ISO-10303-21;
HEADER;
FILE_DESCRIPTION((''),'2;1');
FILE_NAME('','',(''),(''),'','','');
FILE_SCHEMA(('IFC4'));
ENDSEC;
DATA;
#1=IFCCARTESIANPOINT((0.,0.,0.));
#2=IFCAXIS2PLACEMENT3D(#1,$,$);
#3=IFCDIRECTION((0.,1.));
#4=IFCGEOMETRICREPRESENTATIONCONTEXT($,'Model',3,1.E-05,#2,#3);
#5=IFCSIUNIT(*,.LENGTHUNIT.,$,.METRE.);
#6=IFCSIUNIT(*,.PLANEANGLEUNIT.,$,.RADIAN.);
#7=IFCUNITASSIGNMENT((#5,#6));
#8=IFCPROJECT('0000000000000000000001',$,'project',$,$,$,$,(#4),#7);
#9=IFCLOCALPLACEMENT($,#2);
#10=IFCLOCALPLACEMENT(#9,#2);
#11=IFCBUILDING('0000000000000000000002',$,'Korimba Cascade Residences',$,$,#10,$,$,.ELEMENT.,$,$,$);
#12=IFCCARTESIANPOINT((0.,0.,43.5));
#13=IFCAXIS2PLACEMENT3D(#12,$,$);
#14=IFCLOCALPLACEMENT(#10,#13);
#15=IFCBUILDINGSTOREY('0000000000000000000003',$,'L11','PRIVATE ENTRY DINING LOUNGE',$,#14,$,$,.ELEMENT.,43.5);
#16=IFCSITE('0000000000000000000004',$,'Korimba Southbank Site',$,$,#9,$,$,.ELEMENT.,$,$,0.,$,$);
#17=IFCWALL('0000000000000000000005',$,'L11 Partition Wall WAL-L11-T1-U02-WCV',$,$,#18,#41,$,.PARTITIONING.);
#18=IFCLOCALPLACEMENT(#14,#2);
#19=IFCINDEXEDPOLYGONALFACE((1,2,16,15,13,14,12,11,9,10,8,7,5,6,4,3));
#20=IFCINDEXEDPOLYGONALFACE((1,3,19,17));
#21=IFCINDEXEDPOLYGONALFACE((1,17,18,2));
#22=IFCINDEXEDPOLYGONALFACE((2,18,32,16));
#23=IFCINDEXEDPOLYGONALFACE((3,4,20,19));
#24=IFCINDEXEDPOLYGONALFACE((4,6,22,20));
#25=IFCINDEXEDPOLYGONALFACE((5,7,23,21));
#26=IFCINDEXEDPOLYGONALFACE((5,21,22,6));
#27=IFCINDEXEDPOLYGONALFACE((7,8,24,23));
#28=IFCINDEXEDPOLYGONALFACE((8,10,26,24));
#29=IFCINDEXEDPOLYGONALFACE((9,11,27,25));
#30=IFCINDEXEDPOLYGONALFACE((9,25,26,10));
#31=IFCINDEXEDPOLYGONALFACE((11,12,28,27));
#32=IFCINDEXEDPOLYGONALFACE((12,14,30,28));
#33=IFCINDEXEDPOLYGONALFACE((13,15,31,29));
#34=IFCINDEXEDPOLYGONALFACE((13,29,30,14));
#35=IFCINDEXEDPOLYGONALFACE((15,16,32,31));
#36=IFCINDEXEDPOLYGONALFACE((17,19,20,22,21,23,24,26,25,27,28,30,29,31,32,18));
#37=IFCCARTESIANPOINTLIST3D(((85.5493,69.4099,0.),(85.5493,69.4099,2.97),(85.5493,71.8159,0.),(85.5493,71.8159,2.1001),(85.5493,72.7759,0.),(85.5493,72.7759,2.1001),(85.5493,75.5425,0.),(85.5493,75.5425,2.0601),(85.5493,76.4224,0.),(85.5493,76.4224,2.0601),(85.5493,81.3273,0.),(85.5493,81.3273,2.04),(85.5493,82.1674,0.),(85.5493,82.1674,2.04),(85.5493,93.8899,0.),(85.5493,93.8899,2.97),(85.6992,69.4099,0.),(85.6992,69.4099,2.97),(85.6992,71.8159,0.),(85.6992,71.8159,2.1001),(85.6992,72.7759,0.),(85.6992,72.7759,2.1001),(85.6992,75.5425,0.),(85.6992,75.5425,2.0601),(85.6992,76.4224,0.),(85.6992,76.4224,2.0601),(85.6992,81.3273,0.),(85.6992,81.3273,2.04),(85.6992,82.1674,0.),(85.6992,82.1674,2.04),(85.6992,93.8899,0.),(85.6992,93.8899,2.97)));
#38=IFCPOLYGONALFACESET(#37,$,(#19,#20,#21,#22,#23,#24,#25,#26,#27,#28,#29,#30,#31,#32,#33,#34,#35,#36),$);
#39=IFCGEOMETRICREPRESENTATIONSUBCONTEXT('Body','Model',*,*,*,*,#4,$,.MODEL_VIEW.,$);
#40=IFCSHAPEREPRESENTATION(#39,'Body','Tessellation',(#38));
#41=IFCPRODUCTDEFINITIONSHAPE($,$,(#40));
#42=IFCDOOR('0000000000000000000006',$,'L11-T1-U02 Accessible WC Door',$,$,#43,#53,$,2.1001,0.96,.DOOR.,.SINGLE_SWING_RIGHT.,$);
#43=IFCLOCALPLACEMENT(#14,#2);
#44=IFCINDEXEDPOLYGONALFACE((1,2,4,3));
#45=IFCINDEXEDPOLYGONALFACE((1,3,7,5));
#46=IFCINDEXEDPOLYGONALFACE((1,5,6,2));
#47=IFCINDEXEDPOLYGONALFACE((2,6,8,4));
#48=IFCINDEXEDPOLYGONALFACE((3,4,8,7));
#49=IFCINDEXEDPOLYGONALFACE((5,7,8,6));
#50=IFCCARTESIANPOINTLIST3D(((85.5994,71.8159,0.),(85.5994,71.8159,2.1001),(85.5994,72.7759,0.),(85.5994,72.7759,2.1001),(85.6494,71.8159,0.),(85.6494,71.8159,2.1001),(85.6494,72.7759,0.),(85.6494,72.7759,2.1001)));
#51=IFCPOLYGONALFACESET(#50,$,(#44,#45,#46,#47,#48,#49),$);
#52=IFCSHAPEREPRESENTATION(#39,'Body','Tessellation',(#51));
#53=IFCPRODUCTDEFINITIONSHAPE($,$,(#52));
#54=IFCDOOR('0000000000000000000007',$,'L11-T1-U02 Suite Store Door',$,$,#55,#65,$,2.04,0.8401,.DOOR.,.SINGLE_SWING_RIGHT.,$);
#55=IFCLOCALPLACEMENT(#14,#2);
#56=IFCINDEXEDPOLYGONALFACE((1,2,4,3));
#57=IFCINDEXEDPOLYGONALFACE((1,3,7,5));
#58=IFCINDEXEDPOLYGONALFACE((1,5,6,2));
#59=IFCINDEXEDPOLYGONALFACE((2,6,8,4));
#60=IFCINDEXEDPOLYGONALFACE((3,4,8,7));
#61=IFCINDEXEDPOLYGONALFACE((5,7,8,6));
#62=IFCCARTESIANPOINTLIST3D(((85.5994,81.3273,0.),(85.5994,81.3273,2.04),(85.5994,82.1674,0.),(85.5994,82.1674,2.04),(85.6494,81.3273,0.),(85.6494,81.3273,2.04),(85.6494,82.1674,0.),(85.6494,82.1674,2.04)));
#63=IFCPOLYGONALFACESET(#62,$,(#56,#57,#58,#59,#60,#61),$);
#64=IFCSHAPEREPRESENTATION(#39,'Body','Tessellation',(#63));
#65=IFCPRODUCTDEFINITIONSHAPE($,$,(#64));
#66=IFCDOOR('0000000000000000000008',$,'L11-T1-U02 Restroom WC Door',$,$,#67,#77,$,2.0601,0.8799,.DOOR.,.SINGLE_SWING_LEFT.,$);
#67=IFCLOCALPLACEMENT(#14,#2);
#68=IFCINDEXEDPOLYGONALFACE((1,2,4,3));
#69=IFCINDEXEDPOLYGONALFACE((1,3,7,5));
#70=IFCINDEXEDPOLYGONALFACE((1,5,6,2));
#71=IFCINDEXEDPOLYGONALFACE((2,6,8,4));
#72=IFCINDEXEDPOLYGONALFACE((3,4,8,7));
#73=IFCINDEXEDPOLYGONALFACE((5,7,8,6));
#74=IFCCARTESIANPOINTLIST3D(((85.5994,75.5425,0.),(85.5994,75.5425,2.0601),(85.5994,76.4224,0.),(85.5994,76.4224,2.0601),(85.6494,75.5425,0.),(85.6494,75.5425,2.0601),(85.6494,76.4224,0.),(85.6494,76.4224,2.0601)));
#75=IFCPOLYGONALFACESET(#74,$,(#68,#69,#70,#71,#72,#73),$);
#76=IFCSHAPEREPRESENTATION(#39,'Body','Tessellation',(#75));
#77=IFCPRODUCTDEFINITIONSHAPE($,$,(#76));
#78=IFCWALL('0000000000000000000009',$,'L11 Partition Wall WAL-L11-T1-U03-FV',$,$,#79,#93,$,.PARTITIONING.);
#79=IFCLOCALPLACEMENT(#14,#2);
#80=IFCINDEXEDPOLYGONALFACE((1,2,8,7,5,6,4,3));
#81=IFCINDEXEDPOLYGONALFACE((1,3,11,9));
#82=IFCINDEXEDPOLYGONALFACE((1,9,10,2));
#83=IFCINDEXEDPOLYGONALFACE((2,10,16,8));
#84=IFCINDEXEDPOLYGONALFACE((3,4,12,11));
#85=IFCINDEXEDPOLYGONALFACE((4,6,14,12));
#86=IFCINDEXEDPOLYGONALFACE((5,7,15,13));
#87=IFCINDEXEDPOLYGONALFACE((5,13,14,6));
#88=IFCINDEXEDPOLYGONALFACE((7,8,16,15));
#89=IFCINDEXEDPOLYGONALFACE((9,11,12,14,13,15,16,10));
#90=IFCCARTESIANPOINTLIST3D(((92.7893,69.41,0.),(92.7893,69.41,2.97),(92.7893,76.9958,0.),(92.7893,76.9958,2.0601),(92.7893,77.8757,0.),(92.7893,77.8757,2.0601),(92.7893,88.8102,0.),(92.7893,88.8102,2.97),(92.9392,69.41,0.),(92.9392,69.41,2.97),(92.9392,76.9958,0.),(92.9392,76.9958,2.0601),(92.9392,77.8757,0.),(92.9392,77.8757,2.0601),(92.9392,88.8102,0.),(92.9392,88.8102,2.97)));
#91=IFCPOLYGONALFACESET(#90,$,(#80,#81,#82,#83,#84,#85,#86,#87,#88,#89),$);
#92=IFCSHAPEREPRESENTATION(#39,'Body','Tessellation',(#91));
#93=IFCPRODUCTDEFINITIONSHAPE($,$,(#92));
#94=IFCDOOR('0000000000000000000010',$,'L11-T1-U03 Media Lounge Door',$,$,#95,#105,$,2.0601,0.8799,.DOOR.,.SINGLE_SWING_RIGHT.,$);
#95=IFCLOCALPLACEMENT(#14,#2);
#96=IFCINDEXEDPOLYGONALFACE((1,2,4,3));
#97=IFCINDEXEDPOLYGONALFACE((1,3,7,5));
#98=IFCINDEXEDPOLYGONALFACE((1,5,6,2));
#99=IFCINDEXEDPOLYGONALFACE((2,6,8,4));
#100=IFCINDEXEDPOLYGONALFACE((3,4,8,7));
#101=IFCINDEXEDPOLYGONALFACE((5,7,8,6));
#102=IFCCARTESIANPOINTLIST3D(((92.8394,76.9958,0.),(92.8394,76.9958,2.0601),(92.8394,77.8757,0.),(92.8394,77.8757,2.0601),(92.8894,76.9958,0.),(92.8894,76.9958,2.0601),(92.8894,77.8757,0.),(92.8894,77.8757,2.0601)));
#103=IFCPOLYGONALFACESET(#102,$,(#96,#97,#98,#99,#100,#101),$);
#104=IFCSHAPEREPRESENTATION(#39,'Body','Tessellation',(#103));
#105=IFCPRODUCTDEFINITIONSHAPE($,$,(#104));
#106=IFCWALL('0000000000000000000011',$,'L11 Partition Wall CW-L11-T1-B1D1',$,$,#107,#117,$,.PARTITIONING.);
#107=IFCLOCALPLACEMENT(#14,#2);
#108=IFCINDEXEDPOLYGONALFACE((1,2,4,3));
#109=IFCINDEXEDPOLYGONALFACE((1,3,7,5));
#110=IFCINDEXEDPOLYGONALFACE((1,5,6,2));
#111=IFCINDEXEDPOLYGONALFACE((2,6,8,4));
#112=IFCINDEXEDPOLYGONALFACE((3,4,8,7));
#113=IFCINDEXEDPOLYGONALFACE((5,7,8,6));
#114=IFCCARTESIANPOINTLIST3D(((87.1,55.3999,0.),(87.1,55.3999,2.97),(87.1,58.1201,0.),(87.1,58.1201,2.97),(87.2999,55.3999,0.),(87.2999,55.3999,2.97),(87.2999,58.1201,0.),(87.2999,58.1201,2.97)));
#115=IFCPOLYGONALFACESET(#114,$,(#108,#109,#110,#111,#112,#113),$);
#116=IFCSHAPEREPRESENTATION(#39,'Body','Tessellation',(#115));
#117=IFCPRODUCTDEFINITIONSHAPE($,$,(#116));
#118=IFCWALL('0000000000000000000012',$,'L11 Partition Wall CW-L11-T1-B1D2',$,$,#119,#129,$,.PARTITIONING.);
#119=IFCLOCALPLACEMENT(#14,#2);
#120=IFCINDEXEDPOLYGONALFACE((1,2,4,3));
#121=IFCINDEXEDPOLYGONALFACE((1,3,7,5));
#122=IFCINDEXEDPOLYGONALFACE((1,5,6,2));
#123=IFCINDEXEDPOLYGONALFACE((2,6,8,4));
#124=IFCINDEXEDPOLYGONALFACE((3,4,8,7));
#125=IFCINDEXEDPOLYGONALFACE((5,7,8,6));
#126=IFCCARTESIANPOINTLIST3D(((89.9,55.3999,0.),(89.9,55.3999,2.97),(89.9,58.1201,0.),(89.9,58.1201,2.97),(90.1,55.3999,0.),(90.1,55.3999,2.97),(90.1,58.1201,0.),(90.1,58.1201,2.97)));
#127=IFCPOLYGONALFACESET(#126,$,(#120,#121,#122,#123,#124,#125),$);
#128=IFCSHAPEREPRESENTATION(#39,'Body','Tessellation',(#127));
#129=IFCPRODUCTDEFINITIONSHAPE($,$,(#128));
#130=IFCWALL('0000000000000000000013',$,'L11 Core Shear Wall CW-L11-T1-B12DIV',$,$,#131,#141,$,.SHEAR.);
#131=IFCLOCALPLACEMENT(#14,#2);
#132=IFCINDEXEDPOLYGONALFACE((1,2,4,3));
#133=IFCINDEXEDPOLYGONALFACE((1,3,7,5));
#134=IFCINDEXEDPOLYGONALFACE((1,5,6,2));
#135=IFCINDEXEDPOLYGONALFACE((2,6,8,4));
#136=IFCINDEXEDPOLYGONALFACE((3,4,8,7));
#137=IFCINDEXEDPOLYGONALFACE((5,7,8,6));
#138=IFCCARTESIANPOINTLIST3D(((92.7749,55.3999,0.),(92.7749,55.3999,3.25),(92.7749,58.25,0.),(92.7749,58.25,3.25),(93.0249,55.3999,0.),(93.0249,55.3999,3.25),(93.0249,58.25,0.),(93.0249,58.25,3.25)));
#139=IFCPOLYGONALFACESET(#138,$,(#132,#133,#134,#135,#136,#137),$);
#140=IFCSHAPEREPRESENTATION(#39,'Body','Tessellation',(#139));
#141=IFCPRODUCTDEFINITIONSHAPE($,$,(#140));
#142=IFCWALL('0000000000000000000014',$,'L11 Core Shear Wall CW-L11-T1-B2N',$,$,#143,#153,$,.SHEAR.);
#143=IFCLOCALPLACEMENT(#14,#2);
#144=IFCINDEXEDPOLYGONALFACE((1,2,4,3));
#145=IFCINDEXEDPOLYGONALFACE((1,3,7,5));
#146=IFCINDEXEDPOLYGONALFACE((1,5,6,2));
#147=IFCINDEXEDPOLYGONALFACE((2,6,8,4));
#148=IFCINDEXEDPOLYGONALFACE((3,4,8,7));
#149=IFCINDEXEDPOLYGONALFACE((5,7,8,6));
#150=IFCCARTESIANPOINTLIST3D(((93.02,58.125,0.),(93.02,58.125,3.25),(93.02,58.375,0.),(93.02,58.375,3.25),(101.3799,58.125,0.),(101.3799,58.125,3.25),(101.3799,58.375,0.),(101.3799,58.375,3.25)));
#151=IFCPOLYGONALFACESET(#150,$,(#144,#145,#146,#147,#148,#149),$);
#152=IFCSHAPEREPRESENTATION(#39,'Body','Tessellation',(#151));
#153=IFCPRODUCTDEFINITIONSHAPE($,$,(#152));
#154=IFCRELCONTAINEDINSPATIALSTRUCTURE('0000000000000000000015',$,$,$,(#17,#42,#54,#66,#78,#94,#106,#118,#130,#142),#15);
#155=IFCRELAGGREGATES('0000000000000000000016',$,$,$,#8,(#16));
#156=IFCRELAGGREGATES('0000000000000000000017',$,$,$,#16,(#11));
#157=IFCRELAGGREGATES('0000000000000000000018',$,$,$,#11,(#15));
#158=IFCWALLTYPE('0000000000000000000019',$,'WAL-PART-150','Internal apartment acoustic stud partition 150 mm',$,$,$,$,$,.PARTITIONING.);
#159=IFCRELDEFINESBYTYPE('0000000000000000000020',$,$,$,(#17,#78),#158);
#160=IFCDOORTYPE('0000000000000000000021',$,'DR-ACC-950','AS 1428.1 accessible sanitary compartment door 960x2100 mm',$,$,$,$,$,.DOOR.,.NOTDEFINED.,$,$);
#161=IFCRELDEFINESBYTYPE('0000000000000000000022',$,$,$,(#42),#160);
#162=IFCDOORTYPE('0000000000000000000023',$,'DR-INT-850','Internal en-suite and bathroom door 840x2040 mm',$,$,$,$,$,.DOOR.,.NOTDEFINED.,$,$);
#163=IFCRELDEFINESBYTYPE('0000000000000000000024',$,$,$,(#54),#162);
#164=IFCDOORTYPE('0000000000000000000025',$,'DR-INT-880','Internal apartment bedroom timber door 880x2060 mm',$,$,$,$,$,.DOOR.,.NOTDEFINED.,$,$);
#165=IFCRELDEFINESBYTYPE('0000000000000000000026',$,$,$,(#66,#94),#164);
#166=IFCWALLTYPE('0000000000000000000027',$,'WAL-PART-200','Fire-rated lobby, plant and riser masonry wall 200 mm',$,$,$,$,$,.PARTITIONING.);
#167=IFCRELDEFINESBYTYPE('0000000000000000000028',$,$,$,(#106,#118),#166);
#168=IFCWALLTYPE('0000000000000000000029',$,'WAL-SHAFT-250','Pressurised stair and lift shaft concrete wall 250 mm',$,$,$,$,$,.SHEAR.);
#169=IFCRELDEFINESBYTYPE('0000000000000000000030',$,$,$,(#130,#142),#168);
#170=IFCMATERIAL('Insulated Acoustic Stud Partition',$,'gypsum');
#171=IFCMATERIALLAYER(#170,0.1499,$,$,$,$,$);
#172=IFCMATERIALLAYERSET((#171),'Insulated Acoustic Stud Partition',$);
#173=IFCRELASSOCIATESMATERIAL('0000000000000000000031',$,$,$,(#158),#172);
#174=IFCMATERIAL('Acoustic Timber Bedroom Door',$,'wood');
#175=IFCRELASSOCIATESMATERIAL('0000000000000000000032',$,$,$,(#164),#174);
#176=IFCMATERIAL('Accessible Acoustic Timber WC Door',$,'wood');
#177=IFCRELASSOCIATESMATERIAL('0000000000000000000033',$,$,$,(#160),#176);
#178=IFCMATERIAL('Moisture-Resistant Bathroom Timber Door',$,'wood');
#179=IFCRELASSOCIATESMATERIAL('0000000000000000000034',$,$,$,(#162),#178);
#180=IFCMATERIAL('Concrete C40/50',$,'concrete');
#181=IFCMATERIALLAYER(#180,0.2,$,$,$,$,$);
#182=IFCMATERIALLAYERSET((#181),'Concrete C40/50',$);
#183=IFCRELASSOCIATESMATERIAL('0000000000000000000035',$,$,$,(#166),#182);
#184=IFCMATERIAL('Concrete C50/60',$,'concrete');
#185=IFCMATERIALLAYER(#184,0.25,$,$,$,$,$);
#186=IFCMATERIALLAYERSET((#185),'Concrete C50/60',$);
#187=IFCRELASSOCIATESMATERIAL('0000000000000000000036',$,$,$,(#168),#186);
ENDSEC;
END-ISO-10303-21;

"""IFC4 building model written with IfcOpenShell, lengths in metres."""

from ifc_helpers import new_model, si_unit, direction, frame, frame_2d, origin, place, context, subcontext, project, spatial, rectangle, extrude, material, layer, layer_set, type_object, element, fill, save


model = new_model("IFC4")

# Units and contexts
model_context = context("Model", 3, precision=1e-05, world=origin(), true_north=direction((0.0, 1.0)))
body_context = subcontext(model_context, "Body", "Model", "MODEL_VIEW")
ifc_project = project(units=[si_unit("LENGTHUNIT", "METRE"), si_unit("PLANEANGLEUNIT", "RADIAN")], contexts=[model_context])

# Site, building, storey
site_placement = place(None, origin())
site = spatial("IfcSite", under=ifc_project, at=site_placement, Name="Korimba Southbank Site", CompositionType="ELEMENT", RefElevation=0.0)
building_placement = place(site_placement, origin())
building = spatial("IfcBuilding", under=site, at=building_placement, Name="Korimba Cascade Residences", CompositionType="ELEMENT")
storey_placement = place(building_placement, frame((0.0, 0.0, 43.5)))
storey = spatial("IfcBuildingStorey", under=building, at=storey_placement, Name="L11", Description="PRIVATE ENTRY DINING LOUNGE", CompositionType="ELEMENT", Elevation=43.5)

# Shared definitions
ifc_material_1 = material(Name="Concrete C50/60", Category="concrete")

# Shared definitions
ifc_material_2 = material(Name="Insulated Acoustic Stud Partition", Category="gypsum")
ifc_layer_1 = layer(ifc_material_2, 0.1499)
ifc_layer_set_1 = layer_set([ifc_layer_1], Name="Insulated Acoustic Stud Partition")
wall_type_1 = type_object("IfcWallType", Name="WAL-PART-150", Description="Internal apartment acoustic stud partition 150 mm", PredefinedType="PARTITIONING", material=ifc_layer_set_1)

# Shared definitions
ifc_material_3 = material(Name="Acoustic Timber Bedroom Door", Category="wood")
door_type_1 = type_object("IfcDoorType", Name="DR-INT-880", Description="Internal apartment bedroom timber door 880x2060 mm", OperationType="NOTDEFINED", PredefinedType="DOOR", material=ifc_material_3)

# Wall, openings, doors
wall_1_placement = place(storey_placement, frame((85.6243, 69.4099, 0.0), z_axis=(0.0, 0.0, 1.0), x_axis=(0.0, 1.0, 0.0)))
wall_1 = element("IfcWall", 1, at=wall_1_placement, inside=storey, type_object=wall_type_1, Name="L11 Partition Wall WAL-L11-T1-U02-WCV", PredefinedType="PARTITIONING", context=body_context, shape_type="SweptSolid", body=[
    extrude(rectangle(XDim=24.48, YDim=0.1499, at=frame_2d((12.24, 0.0))), origin(), (0.0, 0.0, 1.0), 2.97),
])
opening_1_placement = place(wall_1_placement, frame((2.406, 0.0, 0.0)))
opening_1 = element("IfcOpeningElement", 2, at=opening_1_placement, cuts=wall_1, PredefinedType="OPENING", context=body_context, shape_type="SweptSolid", body=[
    extrude(rectangle(XDim=0.96, YDim=2.1001, at=frame_2d((0.48, 1.05))), frame((0.0, 0.085, 0.0), z_axis=(0.0, -1.0, 0.0), x_axis=(1.0, 0.0, 0.0)), (0.0, 0.0, 1.0), 0.1699),
])
opening_2_placement = place(wall_1_placement, frame((6.1326, 0.0, 0.0)))
opening_2 = element("IfcOpeningElement", 3, at=opening_2_placement, cuts=wall_1, PredefinedType="OPENING", context=body_context, shape_type="SweptSolid", body=[
    extrude(rectangle(XDim=0.8799, YDim=2.0601, at=frame_2d((0.4399, 1.03))), frame((0.0, 0.085, 0.0), z_axis=(0.0, -1.0, 0.0), x_axis=(1.0, 0.0, 0.0)), (0.0, 0.0, 1.0), 0.1699),
])
opening_3_placement = place(wall_1_placement, frame((11.9175, 0.0, 0.0)))
opening_3 = element("IfcOpeningElement", 4, at=opening_3_placement, cuts=wall_1, PredefinedType="OPENING", context=body_context, shape_type="SweptSolid", body=[
    extrude(rectangle(XDim=0.8401, YDim=2.04, at=frame_2d((0.4199, 1.02))), frame((0.0, 0.085, 0.0), z_axis=(0.0, -1.0, 0.0), x_axis=(1.0, 0.0, 0.0)), (0.0, 0.0, 1.0), 0.1699),
])
ifc_material_4 = material(Name="Accessible Acoustic Timber WC Door", Category="wood")
door_type_2 = type_object("IfcDoorType", Name="DR-ACC-950", Description="AS 1428.1 accessible sanitary compartment door 960x2100 mm", OperationType="NOTDEFINED", PredefinedType="DOOR", material=ifc_material_4)
door_1_placement = place(opening_1_placement, origin())
door_1 = element("IfcDoor", 5, at=door_1_placement, inside=storey, type_object=door_type_2, Name="L11-T1-U02 Accessible WC Door", OperationType="SINGLE_SWING_RIGHT", OverallHeight=2.1001, OverallWidth=0.96, PredefinedType="DOOR", context=body_context, shape_type="SweptSolid", body=[
    extrude(rectangle(XDim=0.96, YDim=2.1001, at=frame_2d((0.48, 1.05))), frame((0.0, 0.0249, 0.0), z_axis=(0.0, -1.0, 0.0), x_axis=(1.0, 0.0, 0.0)), (0.0, 0.0, 1.0), 0.05),
])
fill(opening_1, door_1)
ifc_material_5 = material(Name="Moisture-Resistant Bathroom Timber Door", Category="wood")
door_type_3 = type_object("IfcDoorType", Name="DR-INT-850", Description="Internal en-suite and bathroom door 840x2040 mm", OperationType="NOTDEFINED", PredefinedType="DOOR", material=ifc_material_5)
door_2_placement = place(opening_3_placement, origin())
door_2 = element("IfcDoor", 6, at=door_2_placement, inside=storey, type_object=door_type_3, Name="L11-T1-U02 Suite Store Door", OperationType="SINGLE_SWING_RIGHT", OverallHeight=2.04, OverallWidth=0.8401, PredefinedType="DOOR", context=body_context, shape_type="SweptSolid", body=[
    extrude(rectangle(XDim=0.8401, YDim=2.04, at=frame_2d((0.4199, 1.02))), frame((0.0, 0.0249, 0.0), z_axis=(0.0, -1.0, 0.0), x_axis=(1.0, 0.0, 0.0)), (0.0, 0.0, 1.0), 0.05),
])
fill(opening_3, door_2)
door_3_placement = place(opening_2_placement, origin())
door_3 = element("IfcDoor", 7, at=door_3_placement, inside=storey, type_object=door_type_1, Name="L11-T1-U02 Restroom WC Door", OperationType="SINGLE_SWING_LEFT", OverallHeight=2.0601, OverallWidth=0.8799, PredefinedType="DOOR", context=body_context, shape_type="SweptSolid", body=[
    extrude(rectangle(XDim=0.8799, YDim=2.0601, at=frame_2d((0.4399, 1.03))), frame((0.0, 0.0249, 0.0), z_axis=(0.0, -1.0, 0.0), x_axis=(1.0, 0.0, 0.0)), (0.0, 0.0, 1.0), 0.05),
])
fill(opening_2, door_3)

# Wall, opening, door
wall_2_placement = place(storey_placement, frame((92.8643, 69.4099, 0.0), z_axis=(0.0, 0.0, 1.0), x_axis=(0.0, 1.0, 0.0)))
wall_2 = element("IfcWall", 8, at=wall_2_placement, inside=storey, type_object=wall_type_1, Name="L11 Partition Wall WAL-L11-T1-U03-FV", PredefinedType="PARTITIONING", context=body_context, shape_type="SweptSolid", body=[
    extrude(rectangle(XDim=19.4001, YDim=0.1499, at=frame_2d((9.7002, 0.0))), origin(), (0.0, 0.0, 1.0), 2.97),
])
opening_4_placement = place(wall_2_placement, frame((7.5859, 0.0, 0.0)))
opening_4 = element("IfcOpeningElement", 9, at=opening_4_placement, cuts=wall_2, PredefinedType="OPENING", context=body_context, shape_type="SweptSolid", body=[
    extrude(rectangle(XDim=0.8799, YDim=2.0601, at=frame_2d((0.4399, 1.03))), frame((0.0, 0.085, 0.0), z_axis=(0.0, -1.0, 0.0), x_axis=(1.0, 0.0, 0.0)), (0.0, 0.0, 1.0), 0.1699),
])
door_4_placement = place(opening_4_placement, origin())
door_4 = element("IfcDoor", 10, at=door_4_placement, inside=storey, type_object=door_type_1, Name="L11-T1-U03 Media Lounge Door", OperationType="SINGLE_SWING_RIGHT", OverallHeight=2.0601, OverallWidth=0.8799, PredefinedType="DOOR", context=body_context, shape_type="SweptSolid", body=[
    extrude(rectangle(XDim=0.8799, YDim=2.0601, at=frame_2d((0.4399, 1.03))), frame((0.0, 0.0249, 0.0), z_axis=(0.0, -1.0, 0.0), x_axis=(1.0, 0.0, 0.0)), (0.0, 0.0, 1.0), 0.05),
])
fill(opening_4, door_4)

# Walls
ifc_material_6 = material(Name="Concrete C40/50", Category="concrete")
ifc_layer_2 = layer(ifc_material_6, 0.2)
ifc_layer_set_2 = layer_set([ifc_layer_2], Name="Concrete C40/50")
wall_type_2 = type_object("IfcWallType", Name="WAL-PART-200", Description="Fire-rated lobby, plant and riser masonry wall 200 mm", PredefinedType="PARTITIONING", material=ifc_layer_set_2)
for number, where, z_axis, x_axis, name in (
    (11, (87.2, 55.3999, 0.0), (0.0, 0.0, 1.0), (0.0, 1.0, 0.0), "L11 Partition Wall CW-L11-T1-B1D1"),
    (12, (90.0, 55.3999, 0.0), (0.0, 0.0, 1.0), (0.0, 1.0, 0.0), "L11 Partition Wall CW-L11-T1-B1D2"),
):
    element("IfcWall", number, at=place(storey_placement, frame(where, z_axis=z_axis, x_axis=x_axis)), inside=storey, type_object=wall_type_2, Name=name, PredefinedType="PARTITIONING", context=body_context, shape_type="SweptSolid", body=[
        extrude(rectangle(XDim=2.7202, YDim=0.2, at=frame_2d((1.3601, 0.0))), origin(), (0.0, 0.0, 1.0), 2.97),
    ])
ifc_layer_3 = layer(ifc_material_1, 0.25)
ifc_layer_set_3 = layer_set([ifc_layer_3], Name="Concrete C50/60")
wall_type_3 = type_object("IfcWallType", Name="WAL-SHAFT-250", Description="Pressurised stair and lift shaft concrete wall 250 mm", PredefinedType="SHEAR", material=ifc_layer_set_3)
wall_3_placement = place(storey_placement, frame((92.8999, 55.3999, 0.0), z_axis=(0.0, 0.0, 1.0), x_axis=(0.0, 1.0, 0.0)))
element("IfcWall", 13, at=wall_3_placement, inside=storey, type_object=wall_type_3, Name="L11 Core Shear Wall CW-L11-T1-B12DIV", PredefinedType="SHEAR", context=body_context, shape_type="SweptSolid", body=[
    extrude(rectangle(XDim=2.8501, YDim=0.25, at=frame_2d((1.425, 0.0))), origin(), (0.0, 0.0, 1.0), 3.25),
])
wall_4_placement = place(storey_placement, frame((93.02, 58.25, 0.0), z_axis=(0.0, 0.0, 1.0), x_axis=(1.0, 0.0, 0.0)))
element("IfcWall", 14, at=wall_4_placement, inside=storey, type_object=wall_type_3, Name="L11 Core Shear Wall CW-L11-T1-B2N", PredefinedType="SHEAR", context=body_context, shape_type="SweptSolid", body=[
    extrude(rectangle(XDim=8.3599, YDim=0.25, at=frame_2d((4.1799, 0.0))), origin(), (0.0, 0.0, 1.0), 3.25),
])

save(model, "model.ifc")
